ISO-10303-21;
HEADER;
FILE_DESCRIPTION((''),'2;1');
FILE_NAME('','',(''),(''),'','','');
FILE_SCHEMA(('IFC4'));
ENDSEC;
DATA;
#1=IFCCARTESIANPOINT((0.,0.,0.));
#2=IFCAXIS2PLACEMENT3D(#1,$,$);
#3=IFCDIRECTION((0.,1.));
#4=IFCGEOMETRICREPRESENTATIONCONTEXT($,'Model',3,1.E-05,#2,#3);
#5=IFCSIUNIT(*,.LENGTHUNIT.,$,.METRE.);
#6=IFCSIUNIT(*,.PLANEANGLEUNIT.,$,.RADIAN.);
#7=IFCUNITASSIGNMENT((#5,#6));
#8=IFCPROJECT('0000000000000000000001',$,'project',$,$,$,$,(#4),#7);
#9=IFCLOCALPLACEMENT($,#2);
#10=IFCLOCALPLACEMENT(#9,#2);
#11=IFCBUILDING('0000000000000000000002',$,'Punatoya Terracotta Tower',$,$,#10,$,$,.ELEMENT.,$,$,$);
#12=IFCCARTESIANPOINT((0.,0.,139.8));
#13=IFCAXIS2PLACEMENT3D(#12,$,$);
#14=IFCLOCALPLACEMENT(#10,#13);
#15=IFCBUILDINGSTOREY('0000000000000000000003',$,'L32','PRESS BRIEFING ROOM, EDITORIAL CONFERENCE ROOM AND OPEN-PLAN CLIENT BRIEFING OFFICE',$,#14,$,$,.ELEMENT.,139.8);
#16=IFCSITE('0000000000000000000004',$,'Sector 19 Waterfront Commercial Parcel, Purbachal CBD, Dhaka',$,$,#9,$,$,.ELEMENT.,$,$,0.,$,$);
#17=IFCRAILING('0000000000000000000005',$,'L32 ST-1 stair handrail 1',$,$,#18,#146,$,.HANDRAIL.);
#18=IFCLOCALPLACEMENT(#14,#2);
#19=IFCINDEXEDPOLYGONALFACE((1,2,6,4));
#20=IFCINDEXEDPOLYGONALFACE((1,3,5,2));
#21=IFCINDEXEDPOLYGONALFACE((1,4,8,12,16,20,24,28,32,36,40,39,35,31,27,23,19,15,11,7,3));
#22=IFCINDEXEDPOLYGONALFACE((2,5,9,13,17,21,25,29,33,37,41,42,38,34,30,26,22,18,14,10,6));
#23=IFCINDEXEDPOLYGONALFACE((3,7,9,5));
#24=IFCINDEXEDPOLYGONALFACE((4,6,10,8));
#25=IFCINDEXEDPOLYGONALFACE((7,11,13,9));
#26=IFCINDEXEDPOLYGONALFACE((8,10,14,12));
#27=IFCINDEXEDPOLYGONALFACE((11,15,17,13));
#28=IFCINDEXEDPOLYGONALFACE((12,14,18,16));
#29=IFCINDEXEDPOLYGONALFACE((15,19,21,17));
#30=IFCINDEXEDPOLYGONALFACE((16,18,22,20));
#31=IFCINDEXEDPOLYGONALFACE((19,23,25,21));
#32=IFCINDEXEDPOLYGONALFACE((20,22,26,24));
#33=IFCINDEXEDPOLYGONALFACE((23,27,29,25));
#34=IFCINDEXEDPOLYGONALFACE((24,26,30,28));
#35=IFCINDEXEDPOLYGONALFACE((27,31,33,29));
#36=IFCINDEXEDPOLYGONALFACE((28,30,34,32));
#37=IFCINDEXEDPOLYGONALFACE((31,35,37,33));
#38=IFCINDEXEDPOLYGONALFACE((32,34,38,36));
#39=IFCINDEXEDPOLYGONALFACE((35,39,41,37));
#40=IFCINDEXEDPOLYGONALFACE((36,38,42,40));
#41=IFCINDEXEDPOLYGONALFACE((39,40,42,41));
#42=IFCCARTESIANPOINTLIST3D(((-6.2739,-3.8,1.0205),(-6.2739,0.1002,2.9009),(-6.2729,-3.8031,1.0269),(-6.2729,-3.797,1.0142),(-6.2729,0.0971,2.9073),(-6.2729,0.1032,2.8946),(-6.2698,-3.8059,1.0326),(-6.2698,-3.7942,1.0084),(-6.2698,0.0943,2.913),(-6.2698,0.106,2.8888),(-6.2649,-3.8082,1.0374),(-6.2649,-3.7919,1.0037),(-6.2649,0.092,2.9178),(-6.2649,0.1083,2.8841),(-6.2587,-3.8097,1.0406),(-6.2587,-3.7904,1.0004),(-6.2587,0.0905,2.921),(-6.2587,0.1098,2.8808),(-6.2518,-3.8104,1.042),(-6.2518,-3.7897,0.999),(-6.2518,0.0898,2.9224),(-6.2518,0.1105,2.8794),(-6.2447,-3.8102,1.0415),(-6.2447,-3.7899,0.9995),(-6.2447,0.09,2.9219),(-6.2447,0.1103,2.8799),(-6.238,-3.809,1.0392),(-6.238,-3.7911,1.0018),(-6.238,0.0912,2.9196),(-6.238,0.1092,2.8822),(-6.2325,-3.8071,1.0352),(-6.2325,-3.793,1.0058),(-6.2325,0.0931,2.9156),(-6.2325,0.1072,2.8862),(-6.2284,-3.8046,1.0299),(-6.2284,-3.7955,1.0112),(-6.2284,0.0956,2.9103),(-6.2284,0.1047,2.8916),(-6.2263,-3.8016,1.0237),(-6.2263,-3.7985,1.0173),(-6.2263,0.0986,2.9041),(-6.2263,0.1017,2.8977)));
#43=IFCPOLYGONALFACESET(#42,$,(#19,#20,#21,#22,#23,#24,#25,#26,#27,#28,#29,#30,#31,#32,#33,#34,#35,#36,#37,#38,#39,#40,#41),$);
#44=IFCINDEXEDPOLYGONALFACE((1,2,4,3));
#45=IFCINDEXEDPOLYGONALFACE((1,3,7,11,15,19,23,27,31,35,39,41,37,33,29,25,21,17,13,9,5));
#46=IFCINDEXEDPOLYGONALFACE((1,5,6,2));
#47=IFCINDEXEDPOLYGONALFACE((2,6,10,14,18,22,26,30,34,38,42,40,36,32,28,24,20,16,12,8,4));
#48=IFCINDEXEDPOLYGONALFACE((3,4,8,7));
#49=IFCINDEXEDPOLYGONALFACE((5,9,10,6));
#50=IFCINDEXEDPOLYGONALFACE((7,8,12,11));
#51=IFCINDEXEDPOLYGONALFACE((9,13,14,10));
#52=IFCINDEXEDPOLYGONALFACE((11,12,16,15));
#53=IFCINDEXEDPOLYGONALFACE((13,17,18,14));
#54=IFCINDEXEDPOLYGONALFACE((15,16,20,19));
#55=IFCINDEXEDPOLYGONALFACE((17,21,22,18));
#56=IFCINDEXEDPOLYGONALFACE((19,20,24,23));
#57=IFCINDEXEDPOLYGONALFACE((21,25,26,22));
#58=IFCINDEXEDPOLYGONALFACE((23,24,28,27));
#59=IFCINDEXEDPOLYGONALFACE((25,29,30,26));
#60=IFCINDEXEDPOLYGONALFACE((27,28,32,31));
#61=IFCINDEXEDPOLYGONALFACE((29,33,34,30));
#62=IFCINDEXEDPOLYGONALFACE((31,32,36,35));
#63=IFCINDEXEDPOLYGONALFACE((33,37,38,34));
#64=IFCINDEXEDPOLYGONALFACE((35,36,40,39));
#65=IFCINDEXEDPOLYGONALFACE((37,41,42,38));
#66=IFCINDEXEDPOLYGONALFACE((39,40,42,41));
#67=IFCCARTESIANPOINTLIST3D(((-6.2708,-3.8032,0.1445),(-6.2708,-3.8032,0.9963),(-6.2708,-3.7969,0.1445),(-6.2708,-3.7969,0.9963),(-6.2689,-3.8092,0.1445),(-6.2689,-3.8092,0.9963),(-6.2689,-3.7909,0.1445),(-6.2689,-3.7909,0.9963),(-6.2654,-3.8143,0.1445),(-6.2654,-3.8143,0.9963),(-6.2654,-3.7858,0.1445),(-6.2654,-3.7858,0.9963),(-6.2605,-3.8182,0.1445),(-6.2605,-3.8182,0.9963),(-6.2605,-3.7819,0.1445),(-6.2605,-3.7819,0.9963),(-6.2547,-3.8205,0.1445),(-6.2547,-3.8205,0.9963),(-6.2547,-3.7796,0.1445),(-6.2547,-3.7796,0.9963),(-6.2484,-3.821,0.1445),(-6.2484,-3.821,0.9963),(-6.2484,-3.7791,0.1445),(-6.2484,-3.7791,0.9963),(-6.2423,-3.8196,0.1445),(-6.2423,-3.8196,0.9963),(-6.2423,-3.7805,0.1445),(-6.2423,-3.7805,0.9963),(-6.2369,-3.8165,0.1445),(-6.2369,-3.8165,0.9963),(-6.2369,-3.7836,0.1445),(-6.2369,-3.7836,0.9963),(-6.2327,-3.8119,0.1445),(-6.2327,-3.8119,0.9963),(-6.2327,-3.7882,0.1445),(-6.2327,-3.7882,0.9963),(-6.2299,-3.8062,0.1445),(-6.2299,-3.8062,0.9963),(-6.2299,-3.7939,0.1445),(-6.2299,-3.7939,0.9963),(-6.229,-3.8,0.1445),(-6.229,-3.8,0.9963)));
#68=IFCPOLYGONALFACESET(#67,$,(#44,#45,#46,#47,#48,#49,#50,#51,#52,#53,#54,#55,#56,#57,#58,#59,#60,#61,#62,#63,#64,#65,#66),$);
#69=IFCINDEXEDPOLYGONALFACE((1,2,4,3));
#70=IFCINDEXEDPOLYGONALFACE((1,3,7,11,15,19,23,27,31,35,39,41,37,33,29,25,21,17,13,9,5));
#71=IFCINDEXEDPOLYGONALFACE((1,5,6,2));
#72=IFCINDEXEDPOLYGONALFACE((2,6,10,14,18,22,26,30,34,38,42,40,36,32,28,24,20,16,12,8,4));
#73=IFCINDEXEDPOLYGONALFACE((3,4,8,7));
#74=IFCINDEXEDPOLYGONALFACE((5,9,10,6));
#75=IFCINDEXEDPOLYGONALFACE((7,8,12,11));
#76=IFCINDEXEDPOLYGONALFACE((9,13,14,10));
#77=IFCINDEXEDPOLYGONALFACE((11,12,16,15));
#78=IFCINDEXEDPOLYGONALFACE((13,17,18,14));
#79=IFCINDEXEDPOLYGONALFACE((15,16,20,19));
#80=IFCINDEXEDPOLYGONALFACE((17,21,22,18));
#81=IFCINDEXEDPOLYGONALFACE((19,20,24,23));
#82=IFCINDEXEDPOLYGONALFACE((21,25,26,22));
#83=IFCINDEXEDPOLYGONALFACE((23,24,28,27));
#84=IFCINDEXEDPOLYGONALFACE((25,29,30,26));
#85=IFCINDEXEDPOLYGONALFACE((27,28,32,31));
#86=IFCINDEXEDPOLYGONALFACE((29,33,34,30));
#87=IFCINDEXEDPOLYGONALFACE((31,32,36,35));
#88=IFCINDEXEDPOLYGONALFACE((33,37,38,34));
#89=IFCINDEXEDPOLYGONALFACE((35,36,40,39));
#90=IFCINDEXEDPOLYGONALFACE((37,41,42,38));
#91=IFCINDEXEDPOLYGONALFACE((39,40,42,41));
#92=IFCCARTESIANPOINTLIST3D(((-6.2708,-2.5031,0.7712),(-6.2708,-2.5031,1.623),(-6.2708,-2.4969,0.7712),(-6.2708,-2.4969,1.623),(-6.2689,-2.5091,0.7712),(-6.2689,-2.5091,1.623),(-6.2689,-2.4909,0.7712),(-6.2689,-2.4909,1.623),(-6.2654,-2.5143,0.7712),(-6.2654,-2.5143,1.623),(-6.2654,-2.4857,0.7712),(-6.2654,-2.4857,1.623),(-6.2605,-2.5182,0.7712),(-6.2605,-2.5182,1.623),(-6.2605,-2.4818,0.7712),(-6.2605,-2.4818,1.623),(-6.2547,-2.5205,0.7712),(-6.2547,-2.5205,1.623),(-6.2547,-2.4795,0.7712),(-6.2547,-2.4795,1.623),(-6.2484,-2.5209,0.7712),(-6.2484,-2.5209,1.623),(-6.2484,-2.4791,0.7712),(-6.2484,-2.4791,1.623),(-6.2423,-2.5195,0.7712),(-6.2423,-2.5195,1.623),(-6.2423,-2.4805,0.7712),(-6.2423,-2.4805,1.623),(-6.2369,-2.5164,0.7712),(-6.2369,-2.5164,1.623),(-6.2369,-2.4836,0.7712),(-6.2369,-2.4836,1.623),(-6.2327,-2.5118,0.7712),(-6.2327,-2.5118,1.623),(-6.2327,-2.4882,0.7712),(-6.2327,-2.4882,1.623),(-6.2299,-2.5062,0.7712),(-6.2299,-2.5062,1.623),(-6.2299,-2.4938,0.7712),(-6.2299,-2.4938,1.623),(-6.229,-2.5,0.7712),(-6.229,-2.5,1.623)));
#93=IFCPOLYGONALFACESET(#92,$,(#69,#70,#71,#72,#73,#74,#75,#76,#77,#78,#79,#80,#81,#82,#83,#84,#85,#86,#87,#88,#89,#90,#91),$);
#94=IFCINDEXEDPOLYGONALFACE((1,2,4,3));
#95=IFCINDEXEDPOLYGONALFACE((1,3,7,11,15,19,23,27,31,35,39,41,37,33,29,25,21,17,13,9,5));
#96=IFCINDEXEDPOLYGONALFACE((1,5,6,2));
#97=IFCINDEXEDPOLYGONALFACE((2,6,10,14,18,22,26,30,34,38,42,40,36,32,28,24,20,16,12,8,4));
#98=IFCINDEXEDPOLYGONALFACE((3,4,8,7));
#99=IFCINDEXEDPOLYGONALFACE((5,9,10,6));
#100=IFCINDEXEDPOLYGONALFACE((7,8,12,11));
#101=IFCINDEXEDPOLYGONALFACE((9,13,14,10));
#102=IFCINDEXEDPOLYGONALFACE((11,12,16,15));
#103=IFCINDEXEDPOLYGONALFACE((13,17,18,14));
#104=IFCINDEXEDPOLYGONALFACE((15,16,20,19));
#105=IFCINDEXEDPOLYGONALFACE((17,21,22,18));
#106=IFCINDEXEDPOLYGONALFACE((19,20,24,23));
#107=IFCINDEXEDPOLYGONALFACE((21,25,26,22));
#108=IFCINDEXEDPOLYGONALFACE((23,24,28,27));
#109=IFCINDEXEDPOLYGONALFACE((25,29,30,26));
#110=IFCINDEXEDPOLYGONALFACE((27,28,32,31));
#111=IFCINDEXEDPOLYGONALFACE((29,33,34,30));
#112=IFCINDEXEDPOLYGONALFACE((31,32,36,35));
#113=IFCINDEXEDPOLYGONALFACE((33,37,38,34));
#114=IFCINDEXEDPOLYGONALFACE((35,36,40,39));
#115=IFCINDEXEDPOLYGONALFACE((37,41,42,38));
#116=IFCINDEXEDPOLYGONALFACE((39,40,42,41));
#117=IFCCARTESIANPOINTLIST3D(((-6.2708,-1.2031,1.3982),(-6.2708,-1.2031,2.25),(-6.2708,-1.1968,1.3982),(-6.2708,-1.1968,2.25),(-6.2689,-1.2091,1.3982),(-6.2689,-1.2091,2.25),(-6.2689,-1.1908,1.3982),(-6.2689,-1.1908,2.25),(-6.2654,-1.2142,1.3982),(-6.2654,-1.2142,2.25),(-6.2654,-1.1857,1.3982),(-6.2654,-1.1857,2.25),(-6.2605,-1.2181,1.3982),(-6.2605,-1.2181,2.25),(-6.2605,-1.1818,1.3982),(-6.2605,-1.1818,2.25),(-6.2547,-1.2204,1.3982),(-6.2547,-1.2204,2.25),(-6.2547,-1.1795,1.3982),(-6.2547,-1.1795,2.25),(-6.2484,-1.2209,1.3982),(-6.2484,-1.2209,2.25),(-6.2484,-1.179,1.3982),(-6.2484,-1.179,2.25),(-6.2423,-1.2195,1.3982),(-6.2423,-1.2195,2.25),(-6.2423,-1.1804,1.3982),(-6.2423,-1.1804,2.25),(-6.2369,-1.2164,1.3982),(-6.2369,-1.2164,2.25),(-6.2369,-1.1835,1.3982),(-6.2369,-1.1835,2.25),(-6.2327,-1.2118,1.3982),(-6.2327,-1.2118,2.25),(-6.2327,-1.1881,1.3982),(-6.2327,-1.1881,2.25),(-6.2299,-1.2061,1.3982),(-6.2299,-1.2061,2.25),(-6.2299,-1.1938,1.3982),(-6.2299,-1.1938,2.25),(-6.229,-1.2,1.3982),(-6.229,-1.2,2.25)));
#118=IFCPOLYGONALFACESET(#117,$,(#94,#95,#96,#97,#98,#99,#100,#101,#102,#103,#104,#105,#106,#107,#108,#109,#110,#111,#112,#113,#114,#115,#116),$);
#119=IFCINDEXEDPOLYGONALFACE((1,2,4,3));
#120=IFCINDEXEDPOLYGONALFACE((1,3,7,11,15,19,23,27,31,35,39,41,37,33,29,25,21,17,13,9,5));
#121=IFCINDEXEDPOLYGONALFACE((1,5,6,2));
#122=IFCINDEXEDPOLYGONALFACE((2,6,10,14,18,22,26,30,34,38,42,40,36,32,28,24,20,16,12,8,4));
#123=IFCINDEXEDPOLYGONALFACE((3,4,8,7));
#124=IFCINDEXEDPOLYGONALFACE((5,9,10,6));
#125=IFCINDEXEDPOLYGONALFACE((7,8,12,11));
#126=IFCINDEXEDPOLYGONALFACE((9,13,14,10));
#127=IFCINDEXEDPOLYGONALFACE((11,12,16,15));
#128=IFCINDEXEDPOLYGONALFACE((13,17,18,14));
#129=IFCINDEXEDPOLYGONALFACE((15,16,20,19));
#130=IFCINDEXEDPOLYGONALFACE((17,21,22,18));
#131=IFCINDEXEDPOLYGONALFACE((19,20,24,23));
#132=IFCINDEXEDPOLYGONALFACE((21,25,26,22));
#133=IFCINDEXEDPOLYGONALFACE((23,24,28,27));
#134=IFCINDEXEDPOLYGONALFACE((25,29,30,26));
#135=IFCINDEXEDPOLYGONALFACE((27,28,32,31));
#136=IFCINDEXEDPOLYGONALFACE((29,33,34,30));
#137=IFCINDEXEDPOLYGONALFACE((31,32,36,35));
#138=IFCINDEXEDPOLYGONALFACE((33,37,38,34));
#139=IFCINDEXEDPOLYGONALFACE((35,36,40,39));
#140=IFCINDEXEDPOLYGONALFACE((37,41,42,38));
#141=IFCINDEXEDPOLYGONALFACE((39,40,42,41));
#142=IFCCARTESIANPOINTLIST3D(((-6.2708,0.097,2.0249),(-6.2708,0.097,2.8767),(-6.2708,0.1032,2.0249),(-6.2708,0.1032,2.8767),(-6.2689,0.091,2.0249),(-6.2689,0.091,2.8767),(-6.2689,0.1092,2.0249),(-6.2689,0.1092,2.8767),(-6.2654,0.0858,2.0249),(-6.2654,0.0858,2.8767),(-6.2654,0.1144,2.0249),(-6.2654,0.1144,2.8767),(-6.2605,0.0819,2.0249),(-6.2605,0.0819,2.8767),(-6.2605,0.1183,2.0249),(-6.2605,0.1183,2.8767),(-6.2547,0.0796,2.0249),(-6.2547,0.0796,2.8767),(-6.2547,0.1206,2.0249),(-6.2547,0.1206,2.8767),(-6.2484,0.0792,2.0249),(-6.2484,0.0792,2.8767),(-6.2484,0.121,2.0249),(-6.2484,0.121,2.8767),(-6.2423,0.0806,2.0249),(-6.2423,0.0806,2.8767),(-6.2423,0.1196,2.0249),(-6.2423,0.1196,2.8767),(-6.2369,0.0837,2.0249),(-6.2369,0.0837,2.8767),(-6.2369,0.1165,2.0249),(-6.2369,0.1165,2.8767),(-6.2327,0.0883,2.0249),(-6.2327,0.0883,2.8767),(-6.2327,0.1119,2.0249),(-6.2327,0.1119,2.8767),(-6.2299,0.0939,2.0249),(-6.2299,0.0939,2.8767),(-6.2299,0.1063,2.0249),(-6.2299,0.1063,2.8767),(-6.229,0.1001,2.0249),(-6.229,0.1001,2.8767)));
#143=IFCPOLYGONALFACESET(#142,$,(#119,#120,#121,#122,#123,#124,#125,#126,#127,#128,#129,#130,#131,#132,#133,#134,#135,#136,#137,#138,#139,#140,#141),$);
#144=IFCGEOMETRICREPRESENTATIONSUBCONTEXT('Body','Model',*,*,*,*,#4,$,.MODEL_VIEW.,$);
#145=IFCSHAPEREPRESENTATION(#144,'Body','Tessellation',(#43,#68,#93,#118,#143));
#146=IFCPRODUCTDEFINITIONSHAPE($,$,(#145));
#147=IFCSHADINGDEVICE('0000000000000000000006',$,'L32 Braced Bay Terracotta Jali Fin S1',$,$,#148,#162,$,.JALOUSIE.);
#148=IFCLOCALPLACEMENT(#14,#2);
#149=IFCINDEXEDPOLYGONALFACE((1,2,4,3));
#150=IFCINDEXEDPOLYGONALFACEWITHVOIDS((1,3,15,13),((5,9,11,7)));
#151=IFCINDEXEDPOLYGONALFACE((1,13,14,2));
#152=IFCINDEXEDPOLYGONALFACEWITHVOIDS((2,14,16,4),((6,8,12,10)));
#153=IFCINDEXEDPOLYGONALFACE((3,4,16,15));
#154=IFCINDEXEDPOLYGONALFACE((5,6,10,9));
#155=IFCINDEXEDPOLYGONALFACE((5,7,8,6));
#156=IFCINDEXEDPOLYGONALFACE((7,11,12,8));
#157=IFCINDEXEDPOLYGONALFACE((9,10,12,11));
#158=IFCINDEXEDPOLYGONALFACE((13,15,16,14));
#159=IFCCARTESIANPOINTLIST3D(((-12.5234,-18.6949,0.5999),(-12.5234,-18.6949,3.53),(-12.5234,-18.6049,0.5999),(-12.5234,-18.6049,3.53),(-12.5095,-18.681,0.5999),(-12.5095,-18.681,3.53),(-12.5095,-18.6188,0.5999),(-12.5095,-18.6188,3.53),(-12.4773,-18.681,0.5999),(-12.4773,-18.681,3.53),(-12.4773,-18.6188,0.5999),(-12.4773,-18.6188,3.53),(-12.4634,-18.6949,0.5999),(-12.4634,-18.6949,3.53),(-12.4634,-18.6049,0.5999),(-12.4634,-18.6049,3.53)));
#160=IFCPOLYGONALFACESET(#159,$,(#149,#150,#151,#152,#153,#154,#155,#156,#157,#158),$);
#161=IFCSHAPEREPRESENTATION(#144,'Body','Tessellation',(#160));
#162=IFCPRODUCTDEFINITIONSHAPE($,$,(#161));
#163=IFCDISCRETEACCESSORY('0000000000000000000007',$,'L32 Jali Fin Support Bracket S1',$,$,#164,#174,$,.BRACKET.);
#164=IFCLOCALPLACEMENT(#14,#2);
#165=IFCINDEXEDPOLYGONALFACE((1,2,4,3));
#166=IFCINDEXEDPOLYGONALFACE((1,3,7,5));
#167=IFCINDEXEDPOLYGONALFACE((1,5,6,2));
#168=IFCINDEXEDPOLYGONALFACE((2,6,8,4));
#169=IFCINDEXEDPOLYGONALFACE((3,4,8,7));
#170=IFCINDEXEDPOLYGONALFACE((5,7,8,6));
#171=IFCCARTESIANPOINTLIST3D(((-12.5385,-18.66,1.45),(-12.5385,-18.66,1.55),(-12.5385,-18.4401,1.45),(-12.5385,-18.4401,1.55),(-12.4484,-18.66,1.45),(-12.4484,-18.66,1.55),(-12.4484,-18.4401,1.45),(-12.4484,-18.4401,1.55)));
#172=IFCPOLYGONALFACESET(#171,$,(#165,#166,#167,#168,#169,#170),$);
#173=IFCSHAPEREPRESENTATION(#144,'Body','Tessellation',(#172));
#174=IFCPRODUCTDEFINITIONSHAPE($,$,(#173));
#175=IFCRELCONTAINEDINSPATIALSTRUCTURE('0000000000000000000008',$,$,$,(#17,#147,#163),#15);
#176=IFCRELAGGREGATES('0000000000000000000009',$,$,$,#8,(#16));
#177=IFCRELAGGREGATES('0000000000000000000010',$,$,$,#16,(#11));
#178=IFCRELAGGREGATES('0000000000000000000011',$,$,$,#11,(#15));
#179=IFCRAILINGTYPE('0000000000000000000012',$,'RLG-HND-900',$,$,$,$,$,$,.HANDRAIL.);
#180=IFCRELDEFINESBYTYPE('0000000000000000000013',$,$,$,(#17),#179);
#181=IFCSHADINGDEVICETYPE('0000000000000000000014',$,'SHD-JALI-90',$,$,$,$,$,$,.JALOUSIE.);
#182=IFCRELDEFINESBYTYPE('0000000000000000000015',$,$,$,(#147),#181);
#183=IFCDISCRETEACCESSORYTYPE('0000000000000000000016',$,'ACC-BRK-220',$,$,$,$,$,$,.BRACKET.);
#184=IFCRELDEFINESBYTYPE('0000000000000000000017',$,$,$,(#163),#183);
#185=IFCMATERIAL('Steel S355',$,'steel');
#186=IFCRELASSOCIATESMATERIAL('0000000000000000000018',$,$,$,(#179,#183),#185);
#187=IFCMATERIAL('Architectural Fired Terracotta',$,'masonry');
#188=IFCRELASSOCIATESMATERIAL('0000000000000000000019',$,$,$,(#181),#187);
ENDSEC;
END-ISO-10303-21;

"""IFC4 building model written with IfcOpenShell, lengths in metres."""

from ifc_helpers import new_model, si_unit, direction, frame, origin, origin_2d, place, context, subcontext, project, spatial, rectangle, hollow_rectangle, circle, extrude, material, material_profile, profile_set, type_object, element, save


model = new_model("IFC4")

# Units and contexts
model_context = context("Model", 3, precision=1e-05, world=origin(), true_north=direction((0.0, 1.0)))
body_context = subcontext(model_context, "Body", "Model", "MODEL_VIEW")
ifc_project = project(units=[si_unit("LENGTHUNIT", "METRE"), si_unit("PLANEANGLEUNIT", "RADIAN")], contexts=[model_context])

# Site, building, storey
site_placement = place(None, origin())
site = spatial("IfcSite", under=ifc_project, at=site_placement, Name="Sector 19 Waterfront Commercial Parcel, Purbachal CBD, Dhaka", CompositionType="ELEMENT", RefElevation=0.0)
building_placement = place(site_placement, origin())
building = spatial("IfcBuilding", under=site, at=building_placement, Name="Punatoya Terracotta Tower", CompositionType="ELEMENT")
storey_placement = place(building_placement, frame((0.0, 0.0, 139.8)))
storey = spatial("IfcBuildingStorey", under=building, at=storey_placement, Name="L32", Description="PRESS BRIEFING ROOM, EDITORIAL CONFERENCE ROOM AND OPEN-PLAN CLIENT BRIEFING OFFICE", CompositionType="ELEMENT", Elevation=139.8)

# Shared definitions
ifc_material_1 = material(Name="Steel S355", Category="steel")

# Railing
railing_type_1 = type_object("IfcRailingType", Name="RLG-HND-900", PredefinedType="HANDRAIL", material=ifc_material_1)
railing_1_placement = place(storey_placement, frame((-6.25, -3.8, 0.1445)))
element("IfcRailing", 1, at=railing_1_placement, inside=storey, type_object=railing_type_1, Name="L32 ST-1 stair handrail 1", PredefinedType="HANDRAIL", context=body_context, shape_type="SweptSolid", body=[
    extrude(circle(Radius=0.0239, at=origin_2d()), frame((0.0, 0.0, 0.876), z_axis=(0.0, 0.900774, 0.434289), x_axis=(-1.0, 0.0, 0.0)), (0.0, 0.0, 1.0), 4.3298),
    extrude(circle(Radius=0.021, at=origin_2d()), origin(), (0.0, 0.0, 1.0), 0.8518),
    extrude(circle(Radius=0.021, at=origin_2d()), frame((0.0, 1.3, 0.6267)), (0.0, 0.0, 1.0), 0.8518),
    extrude(circle(Radius=0.021, at=origin_2d()), frame((0.0, 2.6001, 1.2537)), (0.0, 0.0, 1.0), 0.8518),
    extrude(circle(Radius=0.021, at=origin_2d()), frame((0.0, 3.9001, 1.8804)), (0.0, 0.0, 1.0), 0.8518),
])

# Shading device
ifc_material_2 = material(Name="Architectural Fired Terracotta", Category="masonry")
ifc_material_profile_1 = material_profile(ifc_material_2, hollow_rectangle(XDim=0.0601, YDim=0.0901, WallThickness=0.0139, at=origin_2d()))
ifc_profile_set_1 = profile_set([ifc_material_profile_1], Name="Architectural Fired Terracotta")
shading_device_type = type_object("IfcShadingDeviceType", Name="SHD-JALI-90", PredefinedType="JALOUSIE", material=ifc_profile_set_1)
shading_device_placement = place(storey_placement, frame((-12.4934, -18.6499, 0.5999), z_axis=(0.0, 0.0, 1.0), x_axis=(1.0, 0.0, 0.0)))
element("IfcShadingDevice", 2, at=shading_device_placement, inside=storey, type_object=shading_device_type, Name="L32 Braced Bay Terracotta Jali Fin S1", PredefinedType="JALOUSIE", context=body_context, shape_type="SweptSolid", body=[
    extrude(hollow_rectangle(XDim=0.0601, YDim=0.0901, WallThickness=0.0139, at=origin_2d()), origin(), (0.0, 0.0, 1.0), 2.9302),
])

# Discrete accessory
discrete_accessory_type = type_object("IfcDiscreteAccessoryType", Name="ACC-BRK-220", PredefinedType="BRACKET", material=ifc_material_1)
discrete_accessory_placement = place(storey_placement, frame((-12.4934, -18.55, 1.45), z_axis=(0.0, 0.0, 1.0), x_axis=(1.0, 0.0, 0.0)))
element("IfcDiscreteAccessory", 3, at=discrete_accessory_placement, inside=storey, type_object=discrete_accessory_type, Name="L32 Jali Fin Support Bracket S1", PredefinedType="BRACKET", context=body_context, shape_type="SweptSolid", body=[
    extrude(rectangle(XDim=0.0901, YDim=0.22, at=origin_2d()), origin(), (0.0, 0.0, 1.0), 0.1001),
])

save(model, "model.ifc")
